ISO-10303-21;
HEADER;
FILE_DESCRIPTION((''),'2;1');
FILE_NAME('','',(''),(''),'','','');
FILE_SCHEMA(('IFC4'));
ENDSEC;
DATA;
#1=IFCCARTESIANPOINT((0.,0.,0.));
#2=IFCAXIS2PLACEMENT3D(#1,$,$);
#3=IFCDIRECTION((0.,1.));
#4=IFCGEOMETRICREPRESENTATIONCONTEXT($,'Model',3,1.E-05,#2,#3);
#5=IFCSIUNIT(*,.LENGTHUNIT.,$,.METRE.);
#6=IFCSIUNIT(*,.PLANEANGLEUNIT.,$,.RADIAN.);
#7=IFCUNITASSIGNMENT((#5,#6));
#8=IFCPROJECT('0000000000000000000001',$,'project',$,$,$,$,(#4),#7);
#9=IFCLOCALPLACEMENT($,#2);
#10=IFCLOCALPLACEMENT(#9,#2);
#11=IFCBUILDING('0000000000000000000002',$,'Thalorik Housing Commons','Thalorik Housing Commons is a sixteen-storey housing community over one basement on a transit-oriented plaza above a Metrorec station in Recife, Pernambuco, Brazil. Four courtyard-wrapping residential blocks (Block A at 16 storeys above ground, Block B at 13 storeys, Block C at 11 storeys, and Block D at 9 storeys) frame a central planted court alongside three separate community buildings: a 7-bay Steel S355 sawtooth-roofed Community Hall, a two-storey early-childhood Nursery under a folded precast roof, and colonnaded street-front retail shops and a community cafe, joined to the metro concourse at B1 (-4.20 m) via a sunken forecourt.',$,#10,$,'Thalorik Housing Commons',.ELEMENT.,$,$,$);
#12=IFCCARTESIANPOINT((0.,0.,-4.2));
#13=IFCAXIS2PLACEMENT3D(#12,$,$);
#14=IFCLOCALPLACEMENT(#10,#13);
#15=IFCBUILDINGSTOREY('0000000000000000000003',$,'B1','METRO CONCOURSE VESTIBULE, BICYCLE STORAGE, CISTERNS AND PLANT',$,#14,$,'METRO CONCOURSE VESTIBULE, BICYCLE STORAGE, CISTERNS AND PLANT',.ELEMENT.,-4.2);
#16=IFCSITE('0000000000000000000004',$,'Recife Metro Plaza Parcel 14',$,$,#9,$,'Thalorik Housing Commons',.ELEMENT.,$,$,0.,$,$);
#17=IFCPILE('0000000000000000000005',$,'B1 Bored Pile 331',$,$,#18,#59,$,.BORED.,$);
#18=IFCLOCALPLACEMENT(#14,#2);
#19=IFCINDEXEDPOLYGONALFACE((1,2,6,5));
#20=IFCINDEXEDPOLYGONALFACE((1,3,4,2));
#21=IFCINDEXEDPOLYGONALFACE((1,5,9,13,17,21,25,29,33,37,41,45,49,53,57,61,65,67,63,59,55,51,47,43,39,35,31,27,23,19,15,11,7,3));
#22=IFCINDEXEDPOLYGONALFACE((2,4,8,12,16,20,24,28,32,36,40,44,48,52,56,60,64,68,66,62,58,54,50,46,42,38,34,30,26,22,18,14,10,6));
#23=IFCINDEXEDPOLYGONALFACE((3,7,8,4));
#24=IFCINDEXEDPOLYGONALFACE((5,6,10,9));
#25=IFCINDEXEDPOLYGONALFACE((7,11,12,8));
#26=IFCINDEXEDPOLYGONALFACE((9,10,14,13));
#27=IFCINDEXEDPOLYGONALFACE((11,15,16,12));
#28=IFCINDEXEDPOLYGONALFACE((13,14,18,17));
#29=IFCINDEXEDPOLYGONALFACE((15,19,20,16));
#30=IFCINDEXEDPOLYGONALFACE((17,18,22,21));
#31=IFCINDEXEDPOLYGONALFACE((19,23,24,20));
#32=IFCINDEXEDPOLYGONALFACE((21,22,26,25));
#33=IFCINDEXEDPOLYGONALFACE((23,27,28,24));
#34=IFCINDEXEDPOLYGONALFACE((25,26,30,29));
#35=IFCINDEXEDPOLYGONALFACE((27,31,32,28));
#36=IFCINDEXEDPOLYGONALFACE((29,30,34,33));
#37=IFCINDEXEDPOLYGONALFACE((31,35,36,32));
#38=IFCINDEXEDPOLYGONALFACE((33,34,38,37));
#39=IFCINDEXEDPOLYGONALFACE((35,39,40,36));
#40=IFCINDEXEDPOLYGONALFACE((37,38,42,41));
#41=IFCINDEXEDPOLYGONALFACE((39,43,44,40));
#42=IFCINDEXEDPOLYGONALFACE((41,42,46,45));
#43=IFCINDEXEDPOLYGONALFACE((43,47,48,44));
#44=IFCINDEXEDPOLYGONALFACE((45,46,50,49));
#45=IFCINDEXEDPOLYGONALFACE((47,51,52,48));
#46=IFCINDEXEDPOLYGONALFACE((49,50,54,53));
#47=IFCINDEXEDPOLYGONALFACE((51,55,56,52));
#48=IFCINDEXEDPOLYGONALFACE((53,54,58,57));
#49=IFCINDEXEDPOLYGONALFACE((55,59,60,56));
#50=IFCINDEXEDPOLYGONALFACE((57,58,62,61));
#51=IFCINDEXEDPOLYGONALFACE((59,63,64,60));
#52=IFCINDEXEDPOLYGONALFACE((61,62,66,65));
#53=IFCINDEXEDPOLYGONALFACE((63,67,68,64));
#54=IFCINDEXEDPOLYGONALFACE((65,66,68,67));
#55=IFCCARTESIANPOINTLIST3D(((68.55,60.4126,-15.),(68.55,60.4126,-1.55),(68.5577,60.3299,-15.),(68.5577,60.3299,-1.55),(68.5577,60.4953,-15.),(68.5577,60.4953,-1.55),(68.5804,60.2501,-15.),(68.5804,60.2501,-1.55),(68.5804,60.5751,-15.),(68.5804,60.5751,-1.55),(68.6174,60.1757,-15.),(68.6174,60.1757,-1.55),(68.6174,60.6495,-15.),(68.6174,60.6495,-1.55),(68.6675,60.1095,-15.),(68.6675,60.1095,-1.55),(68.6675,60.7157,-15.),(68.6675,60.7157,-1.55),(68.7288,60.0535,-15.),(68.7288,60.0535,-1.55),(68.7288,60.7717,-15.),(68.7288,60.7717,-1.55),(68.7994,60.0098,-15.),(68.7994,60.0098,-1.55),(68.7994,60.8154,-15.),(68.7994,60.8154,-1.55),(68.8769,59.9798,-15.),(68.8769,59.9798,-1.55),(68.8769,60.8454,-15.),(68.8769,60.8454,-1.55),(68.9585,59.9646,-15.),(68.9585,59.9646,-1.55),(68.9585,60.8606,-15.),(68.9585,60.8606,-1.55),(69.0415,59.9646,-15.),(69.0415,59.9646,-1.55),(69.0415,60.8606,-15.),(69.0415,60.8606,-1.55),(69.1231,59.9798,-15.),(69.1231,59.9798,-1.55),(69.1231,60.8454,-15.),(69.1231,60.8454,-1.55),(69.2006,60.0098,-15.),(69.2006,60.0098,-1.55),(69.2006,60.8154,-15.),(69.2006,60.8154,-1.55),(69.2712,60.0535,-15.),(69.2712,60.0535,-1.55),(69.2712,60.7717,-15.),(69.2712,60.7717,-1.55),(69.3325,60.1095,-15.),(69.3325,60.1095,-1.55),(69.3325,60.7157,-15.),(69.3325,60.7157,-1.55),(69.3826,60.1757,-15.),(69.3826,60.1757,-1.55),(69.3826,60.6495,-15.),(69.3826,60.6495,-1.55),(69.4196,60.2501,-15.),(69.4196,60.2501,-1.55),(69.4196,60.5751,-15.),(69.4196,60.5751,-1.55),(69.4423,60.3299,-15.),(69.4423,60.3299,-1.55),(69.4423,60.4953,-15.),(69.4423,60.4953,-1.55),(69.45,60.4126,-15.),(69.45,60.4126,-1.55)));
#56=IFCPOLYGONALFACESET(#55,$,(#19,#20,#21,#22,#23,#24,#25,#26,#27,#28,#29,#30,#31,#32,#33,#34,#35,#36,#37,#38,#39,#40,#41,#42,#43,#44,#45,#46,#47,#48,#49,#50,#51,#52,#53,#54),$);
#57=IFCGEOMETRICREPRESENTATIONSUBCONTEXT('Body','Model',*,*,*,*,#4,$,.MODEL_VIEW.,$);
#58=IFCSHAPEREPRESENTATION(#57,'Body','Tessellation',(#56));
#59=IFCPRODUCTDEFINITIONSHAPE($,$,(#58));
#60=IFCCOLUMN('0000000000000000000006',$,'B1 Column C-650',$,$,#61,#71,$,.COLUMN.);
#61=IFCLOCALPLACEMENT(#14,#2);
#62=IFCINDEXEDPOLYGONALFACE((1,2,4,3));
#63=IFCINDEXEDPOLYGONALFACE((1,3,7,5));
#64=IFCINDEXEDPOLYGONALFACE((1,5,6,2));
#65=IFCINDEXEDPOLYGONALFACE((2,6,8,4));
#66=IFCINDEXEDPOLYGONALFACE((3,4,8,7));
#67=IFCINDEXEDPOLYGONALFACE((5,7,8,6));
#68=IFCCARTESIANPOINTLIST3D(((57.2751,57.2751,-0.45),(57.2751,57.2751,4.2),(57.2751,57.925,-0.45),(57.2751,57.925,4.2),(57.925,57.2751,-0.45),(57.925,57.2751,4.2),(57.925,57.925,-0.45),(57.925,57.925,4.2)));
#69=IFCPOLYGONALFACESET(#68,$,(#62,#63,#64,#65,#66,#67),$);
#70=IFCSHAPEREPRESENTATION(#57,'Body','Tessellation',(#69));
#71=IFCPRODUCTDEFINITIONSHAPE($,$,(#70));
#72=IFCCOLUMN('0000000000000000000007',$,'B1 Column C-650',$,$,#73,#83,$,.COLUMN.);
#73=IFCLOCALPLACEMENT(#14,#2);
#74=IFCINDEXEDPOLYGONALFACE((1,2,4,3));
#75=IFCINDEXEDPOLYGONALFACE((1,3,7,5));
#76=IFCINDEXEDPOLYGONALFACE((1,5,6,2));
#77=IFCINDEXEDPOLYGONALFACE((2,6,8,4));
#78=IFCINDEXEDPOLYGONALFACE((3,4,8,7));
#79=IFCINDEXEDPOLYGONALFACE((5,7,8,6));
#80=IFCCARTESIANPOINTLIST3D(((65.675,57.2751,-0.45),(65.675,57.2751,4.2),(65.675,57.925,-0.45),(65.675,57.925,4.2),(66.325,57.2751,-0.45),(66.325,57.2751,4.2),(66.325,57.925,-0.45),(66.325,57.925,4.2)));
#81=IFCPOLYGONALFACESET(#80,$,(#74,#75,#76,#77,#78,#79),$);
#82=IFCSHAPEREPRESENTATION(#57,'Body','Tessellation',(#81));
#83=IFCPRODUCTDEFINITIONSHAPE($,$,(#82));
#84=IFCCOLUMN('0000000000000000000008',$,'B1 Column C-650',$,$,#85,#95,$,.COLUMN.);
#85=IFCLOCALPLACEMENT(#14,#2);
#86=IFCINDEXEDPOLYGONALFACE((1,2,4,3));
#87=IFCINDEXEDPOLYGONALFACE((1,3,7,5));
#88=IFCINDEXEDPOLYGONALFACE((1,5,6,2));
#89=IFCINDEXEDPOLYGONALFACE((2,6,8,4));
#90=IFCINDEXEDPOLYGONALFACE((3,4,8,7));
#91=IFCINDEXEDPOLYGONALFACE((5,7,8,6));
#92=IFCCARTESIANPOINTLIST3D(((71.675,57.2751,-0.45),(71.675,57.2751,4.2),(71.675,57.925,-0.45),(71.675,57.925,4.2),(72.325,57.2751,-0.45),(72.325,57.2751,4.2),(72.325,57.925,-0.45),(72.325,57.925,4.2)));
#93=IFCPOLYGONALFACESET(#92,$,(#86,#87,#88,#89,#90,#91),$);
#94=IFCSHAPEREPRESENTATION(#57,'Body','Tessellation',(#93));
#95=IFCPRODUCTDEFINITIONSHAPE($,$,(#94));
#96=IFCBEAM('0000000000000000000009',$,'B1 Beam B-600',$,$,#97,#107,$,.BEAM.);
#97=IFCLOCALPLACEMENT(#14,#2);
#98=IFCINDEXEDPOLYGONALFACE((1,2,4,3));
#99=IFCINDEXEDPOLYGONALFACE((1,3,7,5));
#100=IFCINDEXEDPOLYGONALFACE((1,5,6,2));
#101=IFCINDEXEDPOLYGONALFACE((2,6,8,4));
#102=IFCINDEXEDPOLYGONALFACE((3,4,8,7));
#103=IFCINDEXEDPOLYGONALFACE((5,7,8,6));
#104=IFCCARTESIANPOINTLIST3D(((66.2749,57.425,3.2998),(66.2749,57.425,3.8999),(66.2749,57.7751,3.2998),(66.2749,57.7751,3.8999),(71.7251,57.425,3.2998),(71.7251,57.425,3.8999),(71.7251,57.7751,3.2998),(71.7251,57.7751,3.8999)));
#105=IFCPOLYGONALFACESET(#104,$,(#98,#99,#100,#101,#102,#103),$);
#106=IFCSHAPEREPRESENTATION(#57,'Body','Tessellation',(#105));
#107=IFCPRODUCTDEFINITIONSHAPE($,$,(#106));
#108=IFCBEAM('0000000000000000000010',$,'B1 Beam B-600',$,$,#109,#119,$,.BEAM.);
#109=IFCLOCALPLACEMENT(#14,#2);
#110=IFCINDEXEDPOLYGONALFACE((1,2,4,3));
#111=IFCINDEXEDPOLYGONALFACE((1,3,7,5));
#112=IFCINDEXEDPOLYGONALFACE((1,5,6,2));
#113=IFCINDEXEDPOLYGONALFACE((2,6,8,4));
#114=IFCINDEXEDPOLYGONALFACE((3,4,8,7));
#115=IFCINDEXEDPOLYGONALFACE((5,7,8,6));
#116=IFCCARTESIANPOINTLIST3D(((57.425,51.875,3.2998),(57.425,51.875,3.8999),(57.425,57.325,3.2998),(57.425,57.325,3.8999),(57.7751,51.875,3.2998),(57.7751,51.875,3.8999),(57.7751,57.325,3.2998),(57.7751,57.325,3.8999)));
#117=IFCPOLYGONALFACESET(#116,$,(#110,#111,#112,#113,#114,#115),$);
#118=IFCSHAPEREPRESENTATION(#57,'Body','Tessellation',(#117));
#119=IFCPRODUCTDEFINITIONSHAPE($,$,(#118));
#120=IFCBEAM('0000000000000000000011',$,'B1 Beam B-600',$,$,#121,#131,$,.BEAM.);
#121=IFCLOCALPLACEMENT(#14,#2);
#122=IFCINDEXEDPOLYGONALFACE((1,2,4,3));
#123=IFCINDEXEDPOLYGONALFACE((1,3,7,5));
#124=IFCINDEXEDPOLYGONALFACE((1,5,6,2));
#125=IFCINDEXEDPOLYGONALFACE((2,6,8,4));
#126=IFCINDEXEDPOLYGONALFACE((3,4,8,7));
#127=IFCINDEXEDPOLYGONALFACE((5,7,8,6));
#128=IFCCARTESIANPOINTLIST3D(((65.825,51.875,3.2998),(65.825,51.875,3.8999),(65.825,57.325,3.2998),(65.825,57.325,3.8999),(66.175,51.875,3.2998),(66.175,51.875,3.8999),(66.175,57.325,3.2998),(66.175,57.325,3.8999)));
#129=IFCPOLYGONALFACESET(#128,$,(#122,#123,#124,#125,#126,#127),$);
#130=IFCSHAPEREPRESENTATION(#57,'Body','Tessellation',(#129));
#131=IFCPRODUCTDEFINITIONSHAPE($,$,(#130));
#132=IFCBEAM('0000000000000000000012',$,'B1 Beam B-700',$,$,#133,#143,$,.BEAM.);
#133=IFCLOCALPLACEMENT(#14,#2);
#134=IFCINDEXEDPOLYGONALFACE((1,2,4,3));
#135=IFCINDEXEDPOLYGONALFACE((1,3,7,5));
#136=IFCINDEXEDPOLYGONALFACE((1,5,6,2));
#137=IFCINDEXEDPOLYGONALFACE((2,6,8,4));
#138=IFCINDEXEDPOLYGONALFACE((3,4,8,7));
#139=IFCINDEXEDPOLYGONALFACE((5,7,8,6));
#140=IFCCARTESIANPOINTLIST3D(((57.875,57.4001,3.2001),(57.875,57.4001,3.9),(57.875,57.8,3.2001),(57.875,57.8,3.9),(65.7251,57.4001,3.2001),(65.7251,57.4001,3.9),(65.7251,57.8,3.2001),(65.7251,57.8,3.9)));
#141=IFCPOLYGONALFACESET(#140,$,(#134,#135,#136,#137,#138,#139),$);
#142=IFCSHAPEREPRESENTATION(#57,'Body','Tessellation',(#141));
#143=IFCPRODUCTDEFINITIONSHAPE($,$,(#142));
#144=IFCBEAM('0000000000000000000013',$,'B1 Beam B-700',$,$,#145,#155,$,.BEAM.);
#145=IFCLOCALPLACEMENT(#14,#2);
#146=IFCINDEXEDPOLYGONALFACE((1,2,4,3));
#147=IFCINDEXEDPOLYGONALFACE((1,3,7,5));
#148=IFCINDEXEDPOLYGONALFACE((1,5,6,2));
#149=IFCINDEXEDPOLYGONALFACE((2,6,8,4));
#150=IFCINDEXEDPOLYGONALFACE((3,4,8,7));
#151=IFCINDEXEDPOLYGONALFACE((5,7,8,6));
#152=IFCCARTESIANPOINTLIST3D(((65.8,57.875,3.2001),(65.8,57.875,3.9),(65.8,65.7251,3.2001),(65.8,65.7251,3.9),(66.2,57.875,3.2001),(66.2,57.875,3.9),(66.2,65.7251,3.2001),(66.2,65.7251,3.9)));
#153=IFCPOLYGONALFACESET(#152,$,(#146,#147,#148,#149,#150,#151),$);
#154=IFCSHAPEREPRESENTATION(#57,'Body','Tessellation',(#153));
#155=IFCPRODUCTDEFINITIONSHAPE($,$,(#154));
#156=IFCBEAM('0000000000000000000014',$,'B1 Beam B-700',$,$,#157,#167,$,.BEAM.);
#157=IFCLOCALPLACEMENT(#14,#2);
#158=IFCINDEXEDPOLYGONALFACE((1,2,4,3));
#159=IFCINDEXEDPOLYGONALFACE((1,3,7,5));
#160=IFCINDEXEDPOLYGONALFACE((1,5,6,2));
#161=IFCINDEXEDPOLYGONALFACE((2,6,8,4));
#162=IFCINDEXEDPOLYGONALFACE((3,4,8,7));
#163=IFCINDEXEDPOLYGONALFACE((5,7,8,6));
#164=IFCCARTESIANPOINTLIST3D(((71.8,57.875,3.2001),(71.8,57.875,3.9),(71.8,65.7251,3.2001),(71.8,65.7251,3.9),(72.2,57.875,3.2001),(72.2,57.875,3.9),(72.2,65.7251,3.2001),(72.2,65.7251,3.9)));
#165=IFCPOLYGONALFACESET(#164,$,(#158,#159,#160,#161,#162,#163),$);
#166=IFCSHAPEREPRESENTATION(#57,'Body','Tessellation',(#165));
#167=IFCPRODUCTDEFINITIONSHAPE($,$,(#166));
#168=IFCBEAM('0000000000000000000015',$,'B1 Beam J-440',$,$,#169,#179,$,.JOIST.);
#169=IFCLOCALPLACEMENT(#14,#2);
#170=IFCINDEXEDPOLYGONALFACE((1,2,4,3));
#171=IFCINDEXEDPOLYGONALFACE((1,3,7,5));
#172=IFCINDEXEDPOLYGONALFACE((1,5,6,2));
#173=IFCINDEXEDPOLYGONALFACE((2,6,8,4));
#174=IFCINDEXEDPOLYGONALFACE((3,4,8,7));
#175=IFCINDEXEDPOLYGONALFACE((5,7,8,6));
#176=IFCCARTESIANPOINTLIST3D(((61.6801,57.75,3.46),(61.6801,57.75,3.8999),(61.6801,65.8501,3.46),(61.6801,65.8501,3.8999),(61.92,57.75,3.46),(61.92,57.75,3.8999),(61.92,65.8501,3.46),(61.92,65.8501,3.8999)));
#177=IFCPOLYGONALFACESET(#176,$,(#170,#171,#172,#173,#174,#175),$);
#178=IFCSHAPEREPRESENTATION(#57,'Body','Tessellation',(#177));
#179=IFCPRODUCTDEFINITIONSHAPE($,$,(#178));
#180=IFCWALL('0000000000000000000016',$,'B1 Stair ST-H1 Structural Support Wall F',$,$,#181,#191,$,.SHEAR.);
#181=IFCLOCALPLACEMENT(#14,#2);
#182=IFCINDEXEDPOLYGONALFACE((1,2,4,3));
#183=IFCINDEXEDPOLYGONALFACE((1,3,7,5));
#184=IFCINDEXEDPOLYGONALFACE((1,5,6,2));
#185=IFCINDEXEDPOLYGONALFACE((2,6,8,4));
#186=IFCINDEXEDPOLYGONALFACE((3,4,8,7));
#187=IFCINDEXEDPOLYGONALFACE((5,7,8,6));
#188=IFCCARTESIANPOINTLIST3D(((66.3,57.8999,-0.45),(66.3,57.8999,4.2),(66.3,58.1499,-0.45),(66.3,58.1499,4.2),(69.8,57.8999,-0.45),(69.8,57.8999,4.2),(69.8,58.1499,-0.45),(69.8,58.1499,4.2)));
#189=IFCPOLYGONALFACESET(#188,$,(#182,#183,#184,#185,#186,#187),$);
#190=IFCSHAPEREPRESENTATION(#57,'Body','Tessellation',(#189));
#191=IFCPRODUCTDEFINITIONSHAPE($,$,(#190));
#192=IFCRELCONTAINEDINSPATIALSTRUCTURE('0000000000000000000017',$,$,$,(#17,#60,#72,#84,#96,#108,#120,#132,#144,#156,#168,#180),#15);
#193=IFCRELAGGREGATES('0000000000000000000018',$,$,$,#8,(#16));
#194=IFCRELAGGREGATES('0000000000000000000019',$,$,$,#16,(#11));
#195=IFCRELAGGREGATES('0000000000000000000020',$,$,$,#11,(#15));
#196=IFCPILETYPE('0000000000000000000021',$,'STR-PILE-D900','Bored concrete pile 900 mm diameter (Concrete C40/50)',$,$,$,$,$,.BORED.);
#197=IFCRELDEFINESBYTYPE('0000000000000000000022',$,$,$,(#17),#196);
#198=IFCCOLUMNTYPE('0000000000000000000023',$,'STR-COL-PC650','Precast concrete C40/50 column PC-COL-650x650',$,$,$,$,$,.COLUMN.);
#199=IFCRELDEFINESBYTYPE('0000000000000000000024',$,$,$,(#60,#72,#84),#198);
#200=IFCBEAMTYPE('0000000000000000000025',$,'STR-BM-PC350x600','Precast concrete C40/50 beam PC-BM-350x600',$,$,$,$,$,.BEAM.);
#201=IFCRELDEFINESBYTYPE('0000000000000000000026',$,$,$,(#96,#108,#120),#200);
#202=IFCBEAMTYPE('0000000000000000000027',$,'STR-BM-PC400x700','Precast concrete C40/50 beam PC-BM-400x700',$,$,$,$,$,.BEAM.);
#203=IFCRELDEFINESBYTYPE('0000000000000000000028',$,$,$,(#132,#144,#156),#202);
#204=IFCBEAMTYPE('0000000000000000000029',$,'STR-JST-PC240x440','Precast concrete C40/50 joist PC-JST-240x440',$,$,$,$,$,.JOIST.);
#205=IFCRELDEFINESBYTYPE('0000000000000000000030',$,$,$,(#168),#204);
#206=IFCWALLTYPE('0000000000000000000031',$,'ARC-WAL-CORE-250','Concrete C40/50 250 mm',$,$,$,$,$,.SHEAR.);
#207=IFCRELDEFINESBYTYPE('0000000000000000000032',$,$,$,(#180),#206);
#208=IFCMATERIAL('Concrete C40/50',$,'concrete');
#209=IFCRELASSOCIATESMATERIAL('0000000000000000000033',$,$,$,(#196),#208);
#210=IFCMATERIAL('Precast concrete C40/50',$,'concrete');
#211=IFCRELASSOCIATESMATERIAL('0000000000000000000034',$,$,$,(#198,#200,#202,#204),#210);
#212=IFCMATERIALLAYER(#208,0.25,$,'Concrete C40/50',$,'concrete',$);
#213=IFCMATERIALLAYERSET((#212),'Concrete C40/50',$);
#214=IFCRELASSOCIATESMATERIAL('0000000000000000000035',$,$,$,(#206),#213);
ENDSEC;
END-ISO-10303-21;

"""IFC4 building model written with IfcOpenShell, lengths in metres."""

from ifc_helpers import new_model, si_unit, direction, frame, frame_2d, origin, origin_2d, place, context, subcontext, project, spatial, rectangle, circle, extrude, material, layer, layer_set, material_profile, profile_set, type_object, element, save


model = new_model("IFC4")

# Units and contexts
model_context = context("Model", 3, precision=1e-05, world=origin(), true_north=direction((0.0, 1.0)))
body_context = subcontext(model_context, "Body", "Model", "MODEL_VIEW")
ifc_project = project(units=[si_unit("LENGTHUNIT", "METRE"), si_unit("PLANEANGLEUNIT", "RADIAN")], contexts=[model_context])

# Site, building, storey
site_placement = place(None, origin())
site = spatial("IfcSite", under=ifc_project, at=site_placement, Name="Recife Metro Plaza Parcel 14", LongName="Thalorik Housing Commons", CompositionType="ELEMENT", RefElevation=0.0)
building_placement = place(site_placement, origin())
building = spatial("IfcBuilding", under=site, at=building_placement, Name="Thalorik Housing Commons", Description="Thalorik Housing Commons is a sixteen-storey housing community over one basement on a transit-oriented plaza above a Metrorec station in Recife, Pernambuco, Brazil. Four courtyard-wrapping residential blocks (Block A at 16 storeys above ground, Block B at 13 storeys, Block C at 11 storeys, and Block D at 9 storeys) frame a central planted court alongside three separate community buildings: a 7-bay Steel S355 sawtooth-roofed Community Hall, a two-storey early-childhood Nursery under a folded precast roof, and colonnaded street-front retail shops and a community cafe, joined to the metro concourse at B1 (-4.20 m) via a sunken forecourt.", LongName="Thalorik Housing Commons", CompositionType="ELEMENT")
storey_placement = place(building_placement, frame((0.0, 0.0, -4.2)))
storey = spatial("IfcBuildingStorey", under=building, at=storey_placement, Name="B1", Description="METRO CONCOURSE VESTIBULE, BICYCLE STORAGE, CISTERNS AND PLANT", LongName="METRO CONCOURSE VESTIBULE, BICYCLE STORAGE, CISTERNS AND PLANT", CompositionType="ELEMENT", Elevation=-4.2)

# Shared definitions
ifc_material_1 = material(Name="Concrete C40/50", Category="concrete")

# Pile
ifc_material_profile_1 = material_profile(ifc_material_1, circle(Radius=0.45, at=origin_2d()), Name="BORED PILE D900", Category="concrete")
ifc_profile_set_1 = profile_set([ifc_material_profile_1], Name="Concrete C40/50")
pile_type_1 = type_object("IfcPileType", Name="STR-PILE-D900", Description="Bored concrete pile 900 mm diameter (Concrete C40/50)", PredefinedType="BORED", material=ifc_profile_set_1)
for number, where, z_axis, x_axis, name in (
    (1, (69.0, 60.4126, -1.55), (0.0, 0.0, -1.0), (1.0, 0.0, 0.0), "B1 Bored Pile 331"),
):
    element("IfcPile", number, at=place(storey_placement, frame(where, z_axis=z_axis, x_axis=x_axis)), inside=storey, type_object=pile_type_1, Name=name, PredefinedType="BORED", context=body_context, shape_type="SweptSolid", body=[
        extrude(circle(Radius=0.45, at=origin_2d()), origin(), (0.0, 0.0, 1.0), 13.45),
    ])

# Columns
ifc_material_2 = material(Name="Precast concrete C40/50", Category="concrete")
ifc_material_profile_2 = material_profile(ifc_material_2, rectangle(XDim=0.6499, YDim=0.6499, at=origin_2d()), Name="PC 650x650", Category="concrete")
ifc_profile_set_2 = profile_set([ifc_material_profile_2], Name="Precast concrete C40/50")
column_type = type_object("IfcColumnType", Name="STR-COL-PC650", Description="Precast concrete C40/50 column PC-COL-650x650", PredefinedType="COLUMN", material=ifc_profile_set_2)
for number, where, z_axis, x_axis, name in (
    (2, (57.6001, 57.6001, -0.45), (0.0, 0.0, 1.0), (1.0, 0.0, 0.0), "B1 Column C-650"),
    (3, (66.0, 57.6001, -0.45), (0.0, 0.0, 1.0), (1.0, 0.0, 0.0), "B1 Column C-650"),
    (4, (72.0, 57.6001, -0.45), (0.0, 0.0, 1.0), (1.0, 0.0, 0.0), "B1 Column C-650"),
):
    element("IfcColumn", number, at=place(storey_placement, frame(where, z_axis=z_axis, x_axis=x_axis)), inside=storey, type_object=column_type, Name=name, PredefinedType="COLUMN", context=body_context, shape_type="SweptSolid", body=[
        extrude(rectangle(XDim=0.6499, YDim=0.6499, at=origin_2d()), origin(), (0.0, 0.0, 1.0), 4.6499),
    ])

# Beams
ifc_material_profile_3 = material_profile(ifc_material_2, rectangle(XDim=0.3501, YDim=0.6001, at=origin_2d()), Name="PC 350x600", Category="concrete")
ifc_profile_set_3 = profile_set([ifc_material_profile_3], Name="Precast concrete C40/50")
beam_type_1 = type_object("IfcBeamType", Name="STR-BM-PC350x600", Description="Precast concrete C40/50 beam PC-BM-350x600", PredefinedType="BEAM", material=ifc_profile_set_3)
beam_1_placement = place(storey_placement, frame((66.2749, 57.6001, 3.5999), z_axis=(1.0, 0.0, 0.0), x_axis=(0.0, 1.0, 0.0)))
element("IfcBeam", 5, at=beam_1_placement, inside=storey, type_object=beam_type_1, Name="B1 Beam B-600", PredefinedType="BEAM", context=body_context, shape_type="SweptSolid", body=[
    extrude(rectangle(XDim=0.3501, YDim=0.6001, at=origin_2d()), origin(), (0.0, 0.0, 1.0), 5.4502),
])
for number, where, z_axis, x_axis, name in (
    (6, (57.6001, 51.875, 3.5999), (0.0, 1.0, 0.0), (-1.0, 0.0, 0.0), "B1 Beam B-600"),
    (7, (66.0, 51.875, 3.5999), (0.0, 1.0, 0.0), (-1.0, 0.0, 0.0), "B1 Beam B-600"),
):
    element("IfcBeam", number, at=place(storey_placement, frame(where, z_axis=z_axis, x_axis=x_axis)), inside=storey, type_object=beam_type_1, Name=name, PredefinedType="BEAM", context=body_context, shape_type="SweptSolid", body=[
        extrude(rectangle(XDim=0.3501, YDim=0.6001, at=origin_2d()), origin(), (0.0, 0.0, 1.0), 5.45),
    ])
ifc_material_profile_4 = material_profile(ifc_material_2, rectangle(XDim=0.3999, YDim=0.7, at=origin_2d()), Name="PC 400x700", Category="concrete")
ifc_profile_set_4 = profile_set([ifc_material_profile_4], Name="Precast concrete C40/50")
beam_type_2 = type_object("IfcBeamType", Name="STR-BM-PC400x700", Description="Precast concrete C40/50 beam PC-BM-400x700", PredefinedType="BEAM", material=ifc_profile_set_4)
for number, where, z_axis, x_axis, name in (
    (8, (57.875, 57.6001, 3.55), (1.0, 0.0, 0.0), (0.0, 1.0, 0.0), "B1 Beam B-700"),
    (9, (66.0, 57.875, 3.55), (0.0, 1.0, 0.0), (-1.0, 0.0, 0.0), "B1 Beam B-700"),
    (10, (72.0, 57.875, 3.55), (0.0, 1.0, 0.0), (-1.0, 0.0, 0.0), "B1 Beam B-700"),
):
    element("IfcBeam", number, at=place(storey_placement, frame(where, z_axis=z_axis, x_axis=x_axis)), inside=storey, type_object=beam_type_2, Name=name, PredefinedType="BEAM", context=body_context, shape_type="SweptSolid", body=[
        extrude(rectangle(XDim=0.3999, YDim=0.7, at=origin_2d()), origin(), (0.0, 0.0, 1.0), 7.8501),
    ])
ifc_material_profile_5 = material_profile(ifc_material_2, rectangle(XDim=0.24, YDim=0.4399, at=origin_2d()), Name="PC JST 240x440", Category="concrete")
ifc_profile_set_5 = profile_set([ifc_material_profile_5], Name="Precast concrete C40/50")
beam_type_3 = type_object("IfcBeamType", Name="STR-JST-PC240x440", Description="Precast concrete C40/50 joist PC-JST-240x440", PredefinedType="JOIST", material=ifc_profile_set_5)
beam_2_placement = place(storey_placement, frame((61.8, 57.75, 3.6799), z_axis=(0.0, 1.0, 0.0), x_axis=(-1.0, 0.0, 0.0)))
element("IfcBeam", 11, at=beam_2_placement, inside=storey, type_object=beam_type_3, Name="B1 Beam J-440", PredefinedType="JOIST", context=body_context, shape_type="SweptSolid", body=[
    extrude(rectangle(XDim=0.24, YDim=0.4399, at=origin_2d()), origin(), (0.0, 0.0, 1.0), 8.1001),
])

# Wall
ifc_layer_1 = layer(ifc_material_1, 0.25, Name="Concrete C40/50", Category="concrete")
ifc_layer_set_1 = layer_set([ifc_layer_1], Name="Concrete C40/50")
wall_type_1 = type_object("IfcWallType", Name="ARC-WAL-CORE-250", Description="Concrete C40/50 250 mm", PredefinedType="SHEAR", material=ifc_layer_set_1)
wall_1_placement = place(storey_placement, frame((66.3, 58.0249, -0.45), z_axis=(0.0, 0.0, 1.0), x_axis=(1.0, 0.0, 0.0)))
element("IfcWall", 12, at=wall_1_placement, inside=storey, type_object=wall_type_1, Name="B1 Stair ST-H1 Structural Support Wall F", PredefinedType="SHEAR", context=body_context, shape_type="SweptSolid", body=[
    extrude(rectangle(XDim=3.5, YDim=0.25, at=frame_2d((1.75, 0.0))), origin(), (0.0, 0.0, 1.0), 4.6499),
])

save(model, "model.ifc")
